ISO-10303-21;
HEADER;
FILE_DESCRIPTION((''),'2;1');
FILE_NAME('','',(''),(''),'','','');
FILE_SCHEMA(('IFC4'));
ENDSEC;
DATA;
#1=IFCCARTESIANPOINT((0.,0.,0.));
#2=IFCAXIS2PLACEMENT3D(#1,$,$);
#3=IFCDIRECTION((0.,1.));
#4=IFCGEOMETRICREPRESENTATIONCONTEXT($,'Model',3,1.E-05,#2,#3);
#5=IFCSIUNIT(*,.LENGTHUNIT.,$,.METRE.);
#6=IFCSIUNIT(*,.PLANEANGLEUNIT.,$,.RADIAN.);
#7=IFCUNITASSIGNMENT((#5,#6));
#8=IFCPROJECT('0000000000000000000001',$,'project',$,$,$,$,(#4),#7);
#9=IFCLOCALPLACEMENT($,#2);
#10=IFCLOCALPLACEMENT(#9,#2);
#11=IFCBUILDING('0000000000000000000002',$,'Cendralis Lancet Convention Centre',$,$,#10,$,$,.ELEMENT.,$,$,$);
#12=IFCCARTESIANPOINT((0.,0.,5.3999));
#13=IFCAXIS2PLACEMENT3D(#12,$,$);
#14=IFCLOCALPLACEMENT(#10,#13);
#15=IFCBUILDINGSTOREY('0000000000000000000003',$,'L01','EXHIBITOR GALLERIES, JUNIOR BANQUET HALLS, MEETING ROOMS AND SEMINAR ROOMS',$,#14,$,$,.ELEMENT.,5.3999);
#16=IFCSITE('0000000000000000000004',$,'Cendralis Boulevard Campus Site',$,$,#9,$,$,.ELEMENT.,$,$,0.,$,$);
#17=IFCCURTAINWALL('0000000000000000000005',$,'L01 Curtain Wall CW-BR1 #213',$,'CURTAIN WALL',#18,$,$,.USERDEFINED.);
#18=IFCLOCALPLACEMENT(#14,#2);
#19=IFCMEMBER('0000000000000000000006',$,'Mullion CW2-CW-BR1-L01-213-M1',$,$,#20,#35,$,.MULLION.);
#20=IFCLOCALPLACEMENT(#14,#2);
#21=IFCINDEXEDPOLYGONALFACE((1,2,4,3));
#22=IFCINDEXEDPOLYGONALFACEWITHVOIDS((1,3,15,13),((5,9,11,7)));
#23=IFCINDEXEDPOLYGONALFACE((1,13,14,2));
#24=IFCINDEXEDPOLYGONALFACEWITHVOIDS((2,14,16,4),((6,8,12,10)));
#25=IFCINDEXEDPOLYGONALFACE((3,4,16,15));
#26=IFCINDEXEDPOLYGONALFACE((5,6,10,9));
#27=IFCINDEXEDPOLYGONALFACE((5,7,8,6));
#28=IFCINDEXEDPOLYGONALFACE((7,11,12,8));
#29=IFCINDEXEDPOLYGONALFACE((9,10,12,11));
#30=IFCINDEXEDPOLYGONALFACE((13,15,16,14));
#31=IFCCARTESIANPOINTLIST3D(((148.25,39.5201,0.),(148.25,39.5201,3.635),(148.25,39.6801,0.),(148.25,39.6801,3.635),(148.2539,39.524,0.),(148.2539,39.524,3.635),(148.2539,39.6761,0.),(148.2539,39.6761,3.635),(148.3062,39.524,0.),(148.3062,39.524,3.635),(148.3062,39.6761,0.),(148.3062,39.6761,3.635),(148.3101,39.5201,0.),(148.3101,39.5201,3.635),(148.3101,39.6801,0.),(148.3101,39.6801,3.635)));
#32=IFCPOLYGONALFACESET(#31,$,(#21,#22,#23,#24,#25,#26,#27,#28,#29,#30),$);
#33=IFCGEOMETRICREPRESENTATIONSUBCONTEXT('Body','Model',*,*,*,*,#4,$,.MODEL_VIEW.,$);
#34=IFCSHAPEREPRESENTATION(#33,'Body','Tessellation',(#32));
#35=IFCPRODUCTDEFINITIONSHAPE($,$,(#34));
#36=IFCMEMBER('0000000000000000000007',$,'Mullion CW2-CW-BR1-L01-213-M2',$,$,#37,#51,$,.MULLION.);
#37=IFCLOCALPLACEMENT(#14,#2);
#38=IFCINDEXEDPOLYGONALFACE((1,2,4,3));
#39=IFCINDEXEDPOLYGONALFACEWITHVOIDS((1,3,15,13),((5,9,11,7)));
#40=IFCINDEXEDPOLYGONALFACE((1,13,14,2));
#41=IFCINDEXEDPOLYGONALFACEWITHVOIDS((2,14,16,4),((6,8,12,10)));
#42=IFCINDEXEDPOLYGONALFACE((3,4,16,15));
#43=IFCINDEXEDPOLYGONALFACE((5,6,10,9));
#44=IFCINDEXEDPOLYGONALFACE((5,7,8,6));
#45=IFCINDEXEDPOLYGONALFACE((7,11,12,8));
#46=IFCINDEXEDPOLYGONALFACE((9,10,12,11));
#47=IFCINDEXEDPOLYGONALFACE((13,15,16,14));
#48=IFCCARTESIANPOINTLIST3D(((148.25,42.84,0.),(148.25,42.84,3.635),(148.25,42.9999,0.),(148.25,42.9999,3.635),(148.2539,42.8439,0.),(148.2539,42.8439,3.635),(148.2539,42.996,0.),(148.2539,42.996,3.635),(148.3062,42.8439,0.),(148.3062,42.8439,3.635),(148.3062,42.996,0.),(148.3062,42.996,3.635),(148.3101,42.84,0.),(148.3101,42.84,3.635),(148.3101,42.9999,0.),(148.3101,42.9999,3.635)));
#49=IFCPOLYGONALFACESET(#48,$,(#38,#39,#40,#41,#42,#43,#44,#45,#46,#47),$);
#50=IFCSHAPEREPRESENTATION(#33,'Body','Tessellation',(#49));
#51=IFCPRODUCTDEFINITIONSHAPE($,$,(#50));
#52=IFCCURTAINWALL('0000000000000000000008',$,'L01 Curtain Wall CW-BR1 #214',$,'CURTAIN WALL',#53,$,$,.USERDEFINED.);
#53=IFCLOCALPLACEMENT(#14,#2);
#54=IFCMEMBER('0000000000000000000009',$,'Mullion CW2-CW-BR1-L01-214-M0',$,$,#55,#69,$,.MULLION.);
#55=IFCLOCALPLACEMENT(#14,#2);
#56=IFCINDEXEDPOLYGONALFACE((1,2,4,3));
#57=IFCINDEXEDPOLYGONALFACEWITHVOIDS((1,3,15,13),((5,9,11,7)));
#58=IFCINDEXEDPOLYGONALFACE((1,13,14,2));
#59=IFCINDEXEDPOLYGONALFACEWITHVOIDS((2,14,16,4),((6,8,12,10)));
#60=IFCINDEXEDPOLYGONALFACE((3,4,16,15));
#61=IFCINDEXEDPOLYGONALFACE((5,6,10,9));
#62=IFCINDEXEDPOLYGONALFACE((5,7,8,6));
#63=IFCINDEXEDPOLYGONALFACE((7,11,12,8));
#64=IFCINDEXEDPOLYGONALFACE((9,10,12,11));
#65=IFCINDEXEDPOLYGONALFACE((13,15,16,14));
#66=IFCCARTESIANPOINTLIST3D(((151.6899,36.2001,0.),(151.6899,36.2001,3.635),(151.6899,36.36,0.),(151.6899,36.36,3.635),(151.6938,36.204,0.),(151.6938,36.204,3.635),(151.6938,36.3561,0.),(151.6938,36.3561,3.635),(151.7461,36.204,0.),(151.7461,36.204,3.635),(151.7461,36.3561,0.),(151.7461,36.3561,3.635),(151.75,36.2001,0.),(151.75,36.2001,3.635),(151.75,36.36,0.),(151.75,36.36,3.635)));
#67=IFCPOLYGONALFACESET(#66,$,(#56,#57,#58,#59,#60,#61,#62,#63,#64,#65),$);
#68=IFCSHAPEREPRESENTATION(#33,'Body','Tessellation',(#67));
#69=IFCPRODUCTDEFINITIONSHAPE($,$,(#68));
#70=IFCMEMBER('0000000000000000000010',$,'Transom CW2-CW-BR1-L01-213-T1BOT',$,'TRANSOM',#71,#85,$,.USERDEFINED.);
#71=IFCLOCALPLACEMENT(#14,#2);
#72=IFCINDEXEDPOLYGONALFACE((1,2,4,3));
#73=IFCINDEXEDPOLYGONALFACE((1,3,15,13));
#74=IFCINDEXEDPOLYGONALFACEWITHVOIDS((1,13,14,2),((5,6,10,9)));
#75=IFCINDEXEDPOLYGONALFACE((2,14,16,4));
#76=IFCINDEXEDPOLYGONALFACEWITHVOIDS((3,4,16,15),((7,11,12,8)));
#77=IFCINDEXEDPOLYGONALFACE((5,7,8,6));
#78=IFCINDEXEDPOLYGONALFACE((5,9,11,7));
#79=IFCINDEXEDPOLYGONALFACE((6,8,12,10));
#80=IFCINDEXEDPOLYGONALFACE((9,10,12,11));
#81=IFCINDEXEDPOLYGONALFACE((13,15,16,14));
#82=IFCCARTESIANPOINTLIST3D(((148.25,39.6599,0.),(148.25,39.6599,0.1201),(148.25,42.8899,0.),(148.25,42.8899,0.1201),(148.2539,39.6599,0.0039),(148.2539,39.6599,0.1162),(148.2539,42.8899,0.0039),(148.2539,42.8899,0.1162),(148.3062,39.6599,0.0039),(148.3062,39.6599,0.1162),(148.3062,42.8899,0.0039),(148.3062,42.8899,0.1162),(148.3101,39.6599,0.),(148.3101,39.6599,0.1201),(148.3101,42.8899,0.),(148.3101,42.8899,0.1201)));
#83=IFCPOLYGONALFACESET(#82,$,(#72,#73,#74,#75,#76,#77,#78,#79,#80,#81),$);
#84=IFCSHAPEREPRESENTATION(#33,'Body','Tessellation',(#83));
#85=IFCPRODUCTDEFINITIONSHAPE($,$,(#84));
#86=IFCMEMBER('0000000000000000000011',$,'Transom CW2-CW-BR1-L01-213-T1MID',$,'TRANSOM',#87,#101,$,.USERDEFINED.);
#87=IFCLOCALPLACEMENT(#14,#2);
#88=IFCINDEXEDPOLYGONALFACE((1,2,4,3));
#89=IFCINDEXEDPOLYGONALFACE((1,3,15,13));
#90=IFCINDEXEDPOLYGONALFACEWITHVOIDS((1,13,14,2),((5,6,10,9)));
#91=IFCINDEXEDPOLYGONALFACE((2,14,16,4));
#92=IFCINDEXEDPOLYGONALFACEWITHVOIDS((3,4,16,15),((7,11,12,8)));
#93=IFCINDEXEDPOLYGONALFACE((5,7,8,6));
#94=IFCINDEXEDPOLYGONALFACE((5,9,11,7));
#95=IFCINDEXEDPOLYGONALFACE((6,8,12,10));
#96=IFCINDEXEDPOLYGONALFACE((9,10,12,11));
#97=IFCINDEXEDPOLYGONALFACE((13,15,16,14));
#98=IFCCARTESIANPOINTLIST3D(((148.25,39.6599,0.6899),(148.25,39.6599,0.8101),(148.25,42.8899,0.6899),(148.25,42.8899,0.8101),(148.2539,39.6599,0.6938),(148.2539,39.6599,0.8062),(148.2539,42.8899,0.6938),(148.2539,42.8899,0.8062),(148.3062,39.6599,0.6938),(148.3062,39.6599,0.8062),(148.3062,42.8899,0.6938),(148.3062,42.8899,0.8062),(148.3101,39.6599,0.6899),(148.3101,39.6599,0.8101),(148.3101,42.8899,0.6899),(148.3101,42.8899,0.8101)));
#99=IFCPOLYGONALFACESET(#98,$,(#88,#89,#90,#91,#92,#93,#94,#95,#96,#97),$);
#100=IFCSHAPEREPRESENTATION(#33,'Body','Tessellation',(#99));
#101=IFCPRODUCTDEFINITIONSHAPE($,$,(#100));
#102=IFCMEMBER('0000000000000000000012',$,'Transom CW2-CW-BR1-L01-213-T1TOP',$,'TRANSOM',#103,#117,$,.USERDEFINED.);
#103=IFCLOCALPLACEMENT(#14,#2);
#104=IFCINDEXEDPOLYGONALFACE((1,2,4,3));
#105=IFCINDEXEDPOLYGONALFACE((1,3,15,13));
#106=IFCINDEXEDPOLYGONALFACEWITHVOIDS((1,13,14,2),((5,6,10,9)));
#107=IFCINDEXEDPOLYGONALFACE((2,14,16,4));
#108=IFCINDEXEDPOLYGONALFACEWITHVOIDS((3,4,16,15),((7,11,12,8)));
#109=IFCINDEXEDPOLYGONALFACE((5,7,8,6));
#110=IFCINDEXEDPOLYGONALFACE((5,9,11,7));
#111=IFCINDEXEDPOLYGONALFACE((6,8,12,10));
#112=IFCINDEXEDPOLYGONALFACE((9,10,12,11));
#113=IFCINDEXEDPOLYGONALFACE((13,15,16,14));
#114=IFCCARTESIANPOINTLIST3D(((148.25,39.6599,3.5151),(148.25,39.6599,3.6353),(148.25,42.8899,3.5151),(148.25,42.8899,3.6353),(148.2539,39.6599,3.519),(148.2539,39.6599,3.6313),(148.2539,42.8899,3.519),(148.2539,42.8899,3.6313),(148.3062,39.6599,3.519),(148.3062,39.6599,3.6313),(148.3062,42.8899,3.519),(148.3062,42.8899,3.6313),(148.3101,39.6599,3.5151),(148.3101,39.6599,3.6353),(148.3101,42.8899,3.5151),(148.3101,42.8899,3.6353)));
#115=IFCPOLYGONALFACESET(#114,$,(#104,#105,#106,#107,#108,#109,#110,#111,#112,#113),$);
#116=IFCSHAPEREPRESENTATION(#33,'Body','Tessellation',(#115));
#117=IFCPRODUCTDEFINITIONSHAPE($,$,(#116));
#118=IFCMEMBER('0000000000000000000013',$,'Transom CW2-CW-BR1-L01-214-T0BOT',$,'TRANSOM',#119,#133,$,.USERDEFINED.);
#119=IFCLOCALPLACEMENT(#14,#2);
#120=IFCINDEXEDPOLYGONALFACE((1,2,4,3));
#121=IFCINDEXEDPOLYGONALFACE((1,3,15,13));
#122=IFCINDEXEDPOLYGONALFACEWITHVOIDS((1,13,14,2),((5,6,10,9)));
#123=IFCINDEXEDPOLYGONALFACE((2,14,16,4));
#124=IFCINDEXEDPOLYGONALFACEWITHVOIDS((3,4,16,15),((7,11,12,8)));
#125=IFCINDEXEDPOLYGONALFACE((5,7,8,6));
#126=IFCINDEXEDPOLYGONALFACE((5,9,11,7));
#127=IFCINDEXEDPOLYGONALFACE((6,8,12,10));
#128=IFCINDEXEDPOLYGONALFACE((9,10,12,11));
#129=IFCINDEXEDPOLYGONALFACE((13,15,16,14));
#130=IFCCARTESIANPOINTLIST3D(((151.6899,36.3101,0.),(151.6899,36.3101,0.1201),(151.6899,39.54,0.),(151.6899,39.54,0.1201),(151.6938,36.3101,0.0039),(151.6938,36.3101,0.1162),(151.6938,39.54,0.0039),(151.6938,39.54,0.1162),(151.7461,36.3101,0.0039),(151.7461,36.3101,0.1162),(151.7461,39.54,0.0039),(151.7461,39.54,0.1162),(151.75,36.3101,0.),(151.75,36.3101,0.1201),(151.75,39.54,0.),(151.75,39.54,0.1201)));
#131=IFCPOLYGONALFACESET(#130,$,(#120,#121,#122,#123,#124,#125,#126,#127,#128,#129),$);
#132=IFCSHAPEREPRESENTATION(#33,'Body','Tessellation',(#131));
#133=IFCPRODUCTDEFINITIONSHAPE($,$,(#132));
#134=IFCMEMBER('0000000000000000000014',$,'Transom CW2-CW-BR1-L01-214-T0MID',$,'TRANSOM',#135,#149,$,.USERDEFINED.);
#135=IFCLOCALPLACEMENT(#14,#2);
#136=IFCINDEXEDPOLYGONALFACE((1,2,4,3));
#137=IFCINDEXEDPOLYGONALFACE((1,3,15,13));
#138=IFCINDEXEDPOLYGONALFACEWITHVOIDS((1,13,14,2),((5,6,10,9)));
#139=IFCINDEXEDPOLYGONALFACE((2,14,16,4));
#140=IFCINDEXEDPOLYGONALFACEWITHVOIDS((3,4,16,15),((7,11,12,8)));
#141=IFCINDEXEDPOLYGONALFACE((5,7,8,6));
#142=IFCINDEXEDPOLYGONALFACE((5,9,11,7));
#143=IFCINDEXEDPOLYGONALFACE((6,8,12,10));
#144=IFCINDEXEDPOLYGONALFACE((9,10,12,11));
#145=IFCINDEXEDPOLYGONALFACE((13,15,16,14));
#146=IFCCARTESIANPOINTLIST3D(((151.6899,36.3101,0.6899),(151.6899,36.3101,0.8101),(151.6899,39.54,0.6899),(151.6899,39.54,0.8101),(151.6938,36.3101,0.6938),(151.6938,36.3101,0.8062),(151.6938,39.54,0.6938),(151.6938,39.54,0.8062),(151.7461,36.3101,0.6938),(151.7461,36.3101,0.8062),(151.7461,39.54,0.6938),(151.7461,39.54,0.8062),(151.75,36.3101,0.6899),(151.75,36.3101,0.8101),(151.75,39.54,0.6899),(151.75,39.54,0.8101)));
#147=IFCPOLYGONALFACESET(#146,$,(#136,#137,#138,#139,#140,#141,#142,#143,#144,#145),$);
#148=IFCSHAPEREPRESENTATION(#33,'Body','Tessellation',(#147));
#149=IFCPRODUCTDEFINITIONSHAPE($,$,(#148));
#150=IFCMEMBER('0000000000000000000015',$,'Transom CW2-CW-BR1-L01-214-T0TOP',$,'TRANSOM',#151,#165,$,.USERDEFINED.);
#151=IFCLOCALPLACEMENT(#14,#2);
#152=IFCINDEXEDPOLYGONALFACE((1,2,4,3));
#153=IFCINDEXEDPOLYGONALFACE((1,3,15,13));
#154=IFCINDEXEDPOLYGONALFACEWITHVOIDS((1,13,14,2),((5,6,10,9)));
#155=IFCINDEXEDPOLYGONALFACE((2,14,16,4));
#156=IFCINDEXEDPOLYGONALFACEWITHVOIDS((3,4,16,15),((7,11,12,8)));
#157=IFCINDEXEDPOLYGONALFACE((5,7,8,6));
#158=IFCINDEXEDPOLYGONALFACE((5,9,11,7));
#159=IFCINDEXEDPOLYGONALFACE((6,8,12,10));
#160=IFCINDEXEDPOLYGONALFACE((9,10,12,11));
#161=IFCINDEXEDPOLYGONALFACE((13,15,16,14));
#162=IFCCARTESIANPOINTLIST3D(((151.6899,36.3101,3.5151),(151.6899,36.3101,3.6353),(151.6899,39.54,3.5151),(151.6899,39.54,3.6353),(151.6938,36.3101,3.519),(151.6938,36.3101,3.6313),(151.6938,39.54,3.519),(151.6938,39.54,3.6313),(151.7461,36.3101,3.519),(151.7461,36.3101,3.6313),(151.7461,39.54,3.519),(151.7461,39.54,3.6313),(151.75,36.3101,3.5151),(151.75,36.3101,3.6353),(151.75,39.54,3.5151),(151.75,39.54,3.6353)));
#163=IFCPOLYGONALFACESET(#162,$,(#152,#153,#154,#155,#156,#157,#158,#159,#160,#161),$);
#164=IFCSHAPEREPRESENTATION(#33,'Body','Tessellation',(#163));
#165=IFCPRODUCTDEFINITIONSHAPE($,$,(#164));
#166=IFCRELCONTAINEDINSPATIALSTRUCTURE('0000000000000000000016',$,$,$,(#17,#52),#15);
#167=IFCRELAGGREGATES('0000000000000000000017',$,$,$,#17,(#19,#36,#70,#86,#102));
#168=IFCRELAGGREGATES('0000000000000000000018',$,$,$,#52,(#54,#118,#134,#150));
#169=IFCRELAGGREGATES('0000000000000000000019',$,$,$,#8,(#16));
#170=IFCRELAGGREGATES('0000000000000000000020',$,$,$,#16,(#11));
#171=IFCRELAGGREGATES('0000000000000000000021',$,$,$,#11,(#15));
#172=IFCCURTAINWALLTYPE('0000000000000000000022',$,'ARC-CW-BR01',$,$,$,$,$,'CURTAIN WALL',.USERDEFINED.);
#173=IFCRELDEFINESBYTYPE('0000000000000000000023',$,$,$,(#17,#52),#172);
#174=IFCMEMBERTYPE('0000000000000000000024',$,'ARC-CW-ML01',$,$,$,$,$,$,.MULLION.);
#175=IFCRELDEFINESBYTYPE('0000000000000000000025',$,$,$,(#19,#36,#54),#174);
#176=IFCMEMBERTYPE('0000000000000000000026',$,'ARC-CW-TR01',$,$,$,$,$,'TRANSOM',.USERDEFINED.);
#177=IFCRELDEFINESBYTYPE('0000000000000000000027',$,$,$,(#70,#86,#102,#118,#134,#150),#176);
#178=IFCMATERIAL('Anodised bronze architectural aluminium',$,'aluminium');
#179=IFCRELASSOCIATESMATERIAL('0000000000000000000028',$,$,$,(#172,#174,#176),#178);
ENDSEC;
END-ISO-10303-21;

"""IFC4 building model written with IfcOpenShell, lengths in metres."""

from ifc_helpers import new_model, si_unit, direction, frame, origin, origin_2d, place, context, subcontext, project, spatial, hollow_rectangle, extrude, material, material_profile, profile_set, type_object, element, aggregate, save


model = new_model("IFC4")

# Units and contexts
model_context = context("Model", 3, precision=1e-05, world=origin(), true_north=direction((0.0, 1.0)))
body_context = subcontext(model_context, "Body", "Model", "MODEL_VIEW")
ifc_project = project(units=[si_unit("LENGTHUNIT", "METRE"), si_unit("PLANEANGLEUNIT", "RADIAN")], contexts=[model_context])

# Site, building, storey
site_placement = place(None, origin())
site = spatial("IfcSite", under=ifc_project, at=site_placement, Name="Cendralis Boulevard Campus Site", CompositionType="ELEMENT", RefElevation=0.0)
building_placement = place(site_placement, origin())
building = spatial("IfcBuilding", under=site, at=building_placement, Name="Cendralis Lancet Convention Centre", CompositionType="ELEMENT")
storey_placement = place(building_placement, frame((0.0, 0.0, 5.3999)))
storey = spatial("IfcBuildingStorey", under=building, at=storey_placement, Name="L01", Description="EXHIBITOR GALLERIES, JUNIOR BANQUET HALLS, MEETING ROOMS AND SEMINAR ROOMS", CompositionType="ELEMENT", Elevation=5.3999)

# Curtain wall, members
ifc_material_1 = material(Name="Anodised bronze architectural aluminium", Category="aluminium")
curtain_wall_type = type_object("IfcCurtainWallType", Name="ARC-CW-BR01", ElementType="CURTAIN WALL", PredefinedType="USERDEFINED", material=ifc_material_1)
curtain_wall_1_placement = place(storey_placement, origin())
curtain_wall_1 = element("IfcCurtainWall", 1, at=curtain_wall_1_placement, inside=storey, type_object=curtain_wall_type, Name="L01 Curtain Wall CW-BR1 #213", ObjectType="CURTAIN WALL", PredefinedType="USERDEFINED")
ifc_material_profile_1 = material_profile(ifc_material_1, hollow_rectangle(XDim=0.0601, YDim=0.1599, WallThickness=0.0039, at=origin_2d()), Name="AL-MULL 60x160x4.0")
ifc_profile_set_1 = profile_set([ifc_material_profile_1], Name="Anodised bronze architectural aluminium")
member_type_1 = type_object("IfcMemberType", Name="ARC-CW-ML01", PredefinedType="MULLION", material=ifc_profile_set_1)
member_1_placement = place(storey_placement, frame((148.28, 39.6001, 0.0), z_axis=(0.0, 0.0, 1.0), x_axis=(1.0, 0.0, 0.0)))
member_1 = element("IfcMember", 2, at=member_1_placement, type_object=member_type_1, Name="Mullion CW2-CW-BR1-L01-213-M1", PredefinedType="MULLION", context=body_context, shape_type="SweptSolid", body=[
    extrude(hollow_rectangle(XDim=0.0601, YDim=0.1599, WallThickness=0.0039, at=origin_2d()), origin(), (0.0, 0.0, 1.0), 3.635),
])
member_2_placement = place(storey_placement, frame((148.28, 42.9199, 0.0), z_axis=(0.0, 0.0, 1.0), x_axis=(1.0, 0.0, 0.0)))
member_2 = element("IfcMember", 3, at=member_2_placement, type_object=member_type_1, Name="Mullion CW2-CW-BR1-L01-213-M2", PredefinedType="MULLION", context=body_context, shape_type="SweptSolid", body=[
    extrude(hollow_rectangle(XDim=0.0601, YDim=0.1599, WallThickness=0.0039, at=origin_2d()), origin(), (0.0, 0.0, 1.0), 3.635),
])

# Curtain wall, member
curtain_wall_2_placement = place(storey_placement, origin())
curtain_wall_2 = element("IfcCurtainWall", 4, at=curtain_wall_2_placement, inside=storey, type_object=curtain_wall_type, Name="L01 Curtain Wall CW-BR1 #214", ObjectType="CURTAIN WALL", PredefinedType="USERDEFINED")
member_3_placement = place(storey_placement, frame((151.72, 36.28, 0.0), z_axis=(0.0, 0.0, 1.0), x_axis=(1.0, 0.0, 0.0)))
member_3 = element("IfcMember", 5, at=member_3_placement, type_object=member_type_1, Name="Mullion CW2-CW-BR1-L01-214-M0", PredefinedType="MULLION", context=body_context, shape_type="SweptSolid", body=[
    extrude(hollow_rectangle(XDim=0.0601, YDim=0.1599, WallThickness=0.0039, at=origin_2d()), origin(), (0.0, 0.0, 1.0), 3.635),
])

# Members
ifc_material_profile_2 = material_profile(ifc_material_1, hollow_rectangle(XDim=0.0601, YDim=0.1201, WallThickness=0.0039, at=origin_2d()), Name="AL-TRAN 60x120x4.0")
ifc_profile_set_2 = profile_set([ifc_material_profile_2], Name="Anodised bronze architectural aluminium")
member_type_2 = type_object("IfcMemberType", Name="ARC-CW-TR01", ElementType="TRANSOM", PredefinedType="USERDEFINED", material=ifc_profile_set_2)
member_4_placement = place(storey_placement, frame((148.28, 39.6599, 0.0601), z_axis=(0.0, 1.0, 0.0), x_axis=(-1.0, 0.0, 0.0)))
member_4 = element("IfcMember", 6, at=member_4_placement, type_object=member_type_2, Name="Transom CW2-CW-BR1-L01-213-T1BOT", ObjectType="TRANSOM", PredefinedType="USERDEFINED", context=body_context, shape_type="SweptSolid", body=[
    extrude(hollow_rectangle(XDim=0.0601, YDim=0.1201, WallThickness=0.0039, at=origin_2d()), origin(), (0.0, 0.0, 1.0), 3.23),
])
member_5_placement = place(storey_placement, frame((148.28, 39.6599, 0.75), z_axis=(0.0, 1.0, 0.0), x_axis=(-1.0, 0.0, 0.0)))
member_5 = element("IfcMember", 7, at=member_5_placement, type_object=member_type_2, Name="Transom CW2-CW-BR1-L01-213-T1MID", ObjectType="TRANSOM", PredefinedType="USERDEFINED", context=body_context, shape_type="SweptSolid", body=[
    extrude(hollow_rectangle(XDim=0.0601, YDim=0.1201, WallThickness=0.0039, at=origin_2d()), origin(), (0.0, 0.0, 1.0), 3.23),
])
member_6_placement = place(storey_placement, frame((148.28, 39.6599, 3.5752), z_axis=(0.0, 1.0, 0.0), x_axis=(-1.0, 0.0, 0.0)))
member_6 = element("IfcMember", 8, at=member_6_placement, type_object=member_type_2, Name="Transom CW2-CW-BR1-L01-213-T1TOP", ObjectType="TRANSOM", PredefinedType="USERDEFINED", context=body_context, shape_type="SweptSolid", body=[
    extrude(hollow_rectangle(XDim=0.0601, YDim=0.1201, WallThickness=0.0039, at=origin_2d()), origin(), (0.0, 0.0, 1.0), 3.23),
])
member_7_placement = place(storey_placement, frame((151.72, 36.3101, 0.0601), z_axis=(0.0, 1.0, 0.0), x_axis=(-1.0, 0.0, 0.0)))
member_7 = element("IfcMember", 9, at=member_7_placement, type_object=member_type_2, Name="Transom CW2-CW-BR1-L01-214-T0BOT", ObjectType="TRANSOM", PredefinedType="USERDEFINED", context=body_context, shape_type="SweptSolid", body=[
    extrude(hollow_rectangle(XDim=0.0601, YDim=0.1201, WallThickness=0.0039, at=origin_2d()), origin(), (0.0, 0.0, 1.0), 3.23),
])
member_8_placement = place(storey_placement, frame((151.72, 36.3101, 0.75), z_axis=(0.0, 1.0, 0.0), x_axis=(-1.0, 0.0, 0.0)))
member_8 = element("IfcMember", 10, at=member_8_placement, type_object=member_type_2, Name="Transom CW2-CW-BR1-L01-214-T0MID", ObjectType="TRANSOM", PredefinedType="USERDEFINED", context=body_context, shape_type="SweptSolid", body=[
    extrude(hollow_rectangle(XDim=0.0601, YDim=0.1201, WallThickness=0.0039, at=origin_2d()), origin(), (0.0, 0.0, 1.0), 3.23),
])
member_9_placement = place(storey_placement, frame((151.72, 36.3101, 3.5752), z_axis=(0.0, 1.0, 0.0), x_axis=(-1.0, 0.0, 0.0)))
member_9 = element("IfcMember", 11, at=member_9_placement, type_object=member_type_2, Name="Transom CW2-CW-BR1-L01-214-T0TOP", ObjectType="TRANSOM", PredefinedType="USERDEFINED", context=body_context, shape_type="SweptSolid", body=[
    extrude(hollow_rectangle(XDim=0.0601, YDim=0.1201, WallThickness=0.0039, at=origin_2d()), origin(), (0.0, 0.0, 1.0), 3.23),
])

aggregate(curtain_wall_1, [member_1, member_2, member_4, member_5, member_6])
aggregate(curtain_wall_2, [member_3, member_7, member_8, member_9])

save(model, "model.ifc")
